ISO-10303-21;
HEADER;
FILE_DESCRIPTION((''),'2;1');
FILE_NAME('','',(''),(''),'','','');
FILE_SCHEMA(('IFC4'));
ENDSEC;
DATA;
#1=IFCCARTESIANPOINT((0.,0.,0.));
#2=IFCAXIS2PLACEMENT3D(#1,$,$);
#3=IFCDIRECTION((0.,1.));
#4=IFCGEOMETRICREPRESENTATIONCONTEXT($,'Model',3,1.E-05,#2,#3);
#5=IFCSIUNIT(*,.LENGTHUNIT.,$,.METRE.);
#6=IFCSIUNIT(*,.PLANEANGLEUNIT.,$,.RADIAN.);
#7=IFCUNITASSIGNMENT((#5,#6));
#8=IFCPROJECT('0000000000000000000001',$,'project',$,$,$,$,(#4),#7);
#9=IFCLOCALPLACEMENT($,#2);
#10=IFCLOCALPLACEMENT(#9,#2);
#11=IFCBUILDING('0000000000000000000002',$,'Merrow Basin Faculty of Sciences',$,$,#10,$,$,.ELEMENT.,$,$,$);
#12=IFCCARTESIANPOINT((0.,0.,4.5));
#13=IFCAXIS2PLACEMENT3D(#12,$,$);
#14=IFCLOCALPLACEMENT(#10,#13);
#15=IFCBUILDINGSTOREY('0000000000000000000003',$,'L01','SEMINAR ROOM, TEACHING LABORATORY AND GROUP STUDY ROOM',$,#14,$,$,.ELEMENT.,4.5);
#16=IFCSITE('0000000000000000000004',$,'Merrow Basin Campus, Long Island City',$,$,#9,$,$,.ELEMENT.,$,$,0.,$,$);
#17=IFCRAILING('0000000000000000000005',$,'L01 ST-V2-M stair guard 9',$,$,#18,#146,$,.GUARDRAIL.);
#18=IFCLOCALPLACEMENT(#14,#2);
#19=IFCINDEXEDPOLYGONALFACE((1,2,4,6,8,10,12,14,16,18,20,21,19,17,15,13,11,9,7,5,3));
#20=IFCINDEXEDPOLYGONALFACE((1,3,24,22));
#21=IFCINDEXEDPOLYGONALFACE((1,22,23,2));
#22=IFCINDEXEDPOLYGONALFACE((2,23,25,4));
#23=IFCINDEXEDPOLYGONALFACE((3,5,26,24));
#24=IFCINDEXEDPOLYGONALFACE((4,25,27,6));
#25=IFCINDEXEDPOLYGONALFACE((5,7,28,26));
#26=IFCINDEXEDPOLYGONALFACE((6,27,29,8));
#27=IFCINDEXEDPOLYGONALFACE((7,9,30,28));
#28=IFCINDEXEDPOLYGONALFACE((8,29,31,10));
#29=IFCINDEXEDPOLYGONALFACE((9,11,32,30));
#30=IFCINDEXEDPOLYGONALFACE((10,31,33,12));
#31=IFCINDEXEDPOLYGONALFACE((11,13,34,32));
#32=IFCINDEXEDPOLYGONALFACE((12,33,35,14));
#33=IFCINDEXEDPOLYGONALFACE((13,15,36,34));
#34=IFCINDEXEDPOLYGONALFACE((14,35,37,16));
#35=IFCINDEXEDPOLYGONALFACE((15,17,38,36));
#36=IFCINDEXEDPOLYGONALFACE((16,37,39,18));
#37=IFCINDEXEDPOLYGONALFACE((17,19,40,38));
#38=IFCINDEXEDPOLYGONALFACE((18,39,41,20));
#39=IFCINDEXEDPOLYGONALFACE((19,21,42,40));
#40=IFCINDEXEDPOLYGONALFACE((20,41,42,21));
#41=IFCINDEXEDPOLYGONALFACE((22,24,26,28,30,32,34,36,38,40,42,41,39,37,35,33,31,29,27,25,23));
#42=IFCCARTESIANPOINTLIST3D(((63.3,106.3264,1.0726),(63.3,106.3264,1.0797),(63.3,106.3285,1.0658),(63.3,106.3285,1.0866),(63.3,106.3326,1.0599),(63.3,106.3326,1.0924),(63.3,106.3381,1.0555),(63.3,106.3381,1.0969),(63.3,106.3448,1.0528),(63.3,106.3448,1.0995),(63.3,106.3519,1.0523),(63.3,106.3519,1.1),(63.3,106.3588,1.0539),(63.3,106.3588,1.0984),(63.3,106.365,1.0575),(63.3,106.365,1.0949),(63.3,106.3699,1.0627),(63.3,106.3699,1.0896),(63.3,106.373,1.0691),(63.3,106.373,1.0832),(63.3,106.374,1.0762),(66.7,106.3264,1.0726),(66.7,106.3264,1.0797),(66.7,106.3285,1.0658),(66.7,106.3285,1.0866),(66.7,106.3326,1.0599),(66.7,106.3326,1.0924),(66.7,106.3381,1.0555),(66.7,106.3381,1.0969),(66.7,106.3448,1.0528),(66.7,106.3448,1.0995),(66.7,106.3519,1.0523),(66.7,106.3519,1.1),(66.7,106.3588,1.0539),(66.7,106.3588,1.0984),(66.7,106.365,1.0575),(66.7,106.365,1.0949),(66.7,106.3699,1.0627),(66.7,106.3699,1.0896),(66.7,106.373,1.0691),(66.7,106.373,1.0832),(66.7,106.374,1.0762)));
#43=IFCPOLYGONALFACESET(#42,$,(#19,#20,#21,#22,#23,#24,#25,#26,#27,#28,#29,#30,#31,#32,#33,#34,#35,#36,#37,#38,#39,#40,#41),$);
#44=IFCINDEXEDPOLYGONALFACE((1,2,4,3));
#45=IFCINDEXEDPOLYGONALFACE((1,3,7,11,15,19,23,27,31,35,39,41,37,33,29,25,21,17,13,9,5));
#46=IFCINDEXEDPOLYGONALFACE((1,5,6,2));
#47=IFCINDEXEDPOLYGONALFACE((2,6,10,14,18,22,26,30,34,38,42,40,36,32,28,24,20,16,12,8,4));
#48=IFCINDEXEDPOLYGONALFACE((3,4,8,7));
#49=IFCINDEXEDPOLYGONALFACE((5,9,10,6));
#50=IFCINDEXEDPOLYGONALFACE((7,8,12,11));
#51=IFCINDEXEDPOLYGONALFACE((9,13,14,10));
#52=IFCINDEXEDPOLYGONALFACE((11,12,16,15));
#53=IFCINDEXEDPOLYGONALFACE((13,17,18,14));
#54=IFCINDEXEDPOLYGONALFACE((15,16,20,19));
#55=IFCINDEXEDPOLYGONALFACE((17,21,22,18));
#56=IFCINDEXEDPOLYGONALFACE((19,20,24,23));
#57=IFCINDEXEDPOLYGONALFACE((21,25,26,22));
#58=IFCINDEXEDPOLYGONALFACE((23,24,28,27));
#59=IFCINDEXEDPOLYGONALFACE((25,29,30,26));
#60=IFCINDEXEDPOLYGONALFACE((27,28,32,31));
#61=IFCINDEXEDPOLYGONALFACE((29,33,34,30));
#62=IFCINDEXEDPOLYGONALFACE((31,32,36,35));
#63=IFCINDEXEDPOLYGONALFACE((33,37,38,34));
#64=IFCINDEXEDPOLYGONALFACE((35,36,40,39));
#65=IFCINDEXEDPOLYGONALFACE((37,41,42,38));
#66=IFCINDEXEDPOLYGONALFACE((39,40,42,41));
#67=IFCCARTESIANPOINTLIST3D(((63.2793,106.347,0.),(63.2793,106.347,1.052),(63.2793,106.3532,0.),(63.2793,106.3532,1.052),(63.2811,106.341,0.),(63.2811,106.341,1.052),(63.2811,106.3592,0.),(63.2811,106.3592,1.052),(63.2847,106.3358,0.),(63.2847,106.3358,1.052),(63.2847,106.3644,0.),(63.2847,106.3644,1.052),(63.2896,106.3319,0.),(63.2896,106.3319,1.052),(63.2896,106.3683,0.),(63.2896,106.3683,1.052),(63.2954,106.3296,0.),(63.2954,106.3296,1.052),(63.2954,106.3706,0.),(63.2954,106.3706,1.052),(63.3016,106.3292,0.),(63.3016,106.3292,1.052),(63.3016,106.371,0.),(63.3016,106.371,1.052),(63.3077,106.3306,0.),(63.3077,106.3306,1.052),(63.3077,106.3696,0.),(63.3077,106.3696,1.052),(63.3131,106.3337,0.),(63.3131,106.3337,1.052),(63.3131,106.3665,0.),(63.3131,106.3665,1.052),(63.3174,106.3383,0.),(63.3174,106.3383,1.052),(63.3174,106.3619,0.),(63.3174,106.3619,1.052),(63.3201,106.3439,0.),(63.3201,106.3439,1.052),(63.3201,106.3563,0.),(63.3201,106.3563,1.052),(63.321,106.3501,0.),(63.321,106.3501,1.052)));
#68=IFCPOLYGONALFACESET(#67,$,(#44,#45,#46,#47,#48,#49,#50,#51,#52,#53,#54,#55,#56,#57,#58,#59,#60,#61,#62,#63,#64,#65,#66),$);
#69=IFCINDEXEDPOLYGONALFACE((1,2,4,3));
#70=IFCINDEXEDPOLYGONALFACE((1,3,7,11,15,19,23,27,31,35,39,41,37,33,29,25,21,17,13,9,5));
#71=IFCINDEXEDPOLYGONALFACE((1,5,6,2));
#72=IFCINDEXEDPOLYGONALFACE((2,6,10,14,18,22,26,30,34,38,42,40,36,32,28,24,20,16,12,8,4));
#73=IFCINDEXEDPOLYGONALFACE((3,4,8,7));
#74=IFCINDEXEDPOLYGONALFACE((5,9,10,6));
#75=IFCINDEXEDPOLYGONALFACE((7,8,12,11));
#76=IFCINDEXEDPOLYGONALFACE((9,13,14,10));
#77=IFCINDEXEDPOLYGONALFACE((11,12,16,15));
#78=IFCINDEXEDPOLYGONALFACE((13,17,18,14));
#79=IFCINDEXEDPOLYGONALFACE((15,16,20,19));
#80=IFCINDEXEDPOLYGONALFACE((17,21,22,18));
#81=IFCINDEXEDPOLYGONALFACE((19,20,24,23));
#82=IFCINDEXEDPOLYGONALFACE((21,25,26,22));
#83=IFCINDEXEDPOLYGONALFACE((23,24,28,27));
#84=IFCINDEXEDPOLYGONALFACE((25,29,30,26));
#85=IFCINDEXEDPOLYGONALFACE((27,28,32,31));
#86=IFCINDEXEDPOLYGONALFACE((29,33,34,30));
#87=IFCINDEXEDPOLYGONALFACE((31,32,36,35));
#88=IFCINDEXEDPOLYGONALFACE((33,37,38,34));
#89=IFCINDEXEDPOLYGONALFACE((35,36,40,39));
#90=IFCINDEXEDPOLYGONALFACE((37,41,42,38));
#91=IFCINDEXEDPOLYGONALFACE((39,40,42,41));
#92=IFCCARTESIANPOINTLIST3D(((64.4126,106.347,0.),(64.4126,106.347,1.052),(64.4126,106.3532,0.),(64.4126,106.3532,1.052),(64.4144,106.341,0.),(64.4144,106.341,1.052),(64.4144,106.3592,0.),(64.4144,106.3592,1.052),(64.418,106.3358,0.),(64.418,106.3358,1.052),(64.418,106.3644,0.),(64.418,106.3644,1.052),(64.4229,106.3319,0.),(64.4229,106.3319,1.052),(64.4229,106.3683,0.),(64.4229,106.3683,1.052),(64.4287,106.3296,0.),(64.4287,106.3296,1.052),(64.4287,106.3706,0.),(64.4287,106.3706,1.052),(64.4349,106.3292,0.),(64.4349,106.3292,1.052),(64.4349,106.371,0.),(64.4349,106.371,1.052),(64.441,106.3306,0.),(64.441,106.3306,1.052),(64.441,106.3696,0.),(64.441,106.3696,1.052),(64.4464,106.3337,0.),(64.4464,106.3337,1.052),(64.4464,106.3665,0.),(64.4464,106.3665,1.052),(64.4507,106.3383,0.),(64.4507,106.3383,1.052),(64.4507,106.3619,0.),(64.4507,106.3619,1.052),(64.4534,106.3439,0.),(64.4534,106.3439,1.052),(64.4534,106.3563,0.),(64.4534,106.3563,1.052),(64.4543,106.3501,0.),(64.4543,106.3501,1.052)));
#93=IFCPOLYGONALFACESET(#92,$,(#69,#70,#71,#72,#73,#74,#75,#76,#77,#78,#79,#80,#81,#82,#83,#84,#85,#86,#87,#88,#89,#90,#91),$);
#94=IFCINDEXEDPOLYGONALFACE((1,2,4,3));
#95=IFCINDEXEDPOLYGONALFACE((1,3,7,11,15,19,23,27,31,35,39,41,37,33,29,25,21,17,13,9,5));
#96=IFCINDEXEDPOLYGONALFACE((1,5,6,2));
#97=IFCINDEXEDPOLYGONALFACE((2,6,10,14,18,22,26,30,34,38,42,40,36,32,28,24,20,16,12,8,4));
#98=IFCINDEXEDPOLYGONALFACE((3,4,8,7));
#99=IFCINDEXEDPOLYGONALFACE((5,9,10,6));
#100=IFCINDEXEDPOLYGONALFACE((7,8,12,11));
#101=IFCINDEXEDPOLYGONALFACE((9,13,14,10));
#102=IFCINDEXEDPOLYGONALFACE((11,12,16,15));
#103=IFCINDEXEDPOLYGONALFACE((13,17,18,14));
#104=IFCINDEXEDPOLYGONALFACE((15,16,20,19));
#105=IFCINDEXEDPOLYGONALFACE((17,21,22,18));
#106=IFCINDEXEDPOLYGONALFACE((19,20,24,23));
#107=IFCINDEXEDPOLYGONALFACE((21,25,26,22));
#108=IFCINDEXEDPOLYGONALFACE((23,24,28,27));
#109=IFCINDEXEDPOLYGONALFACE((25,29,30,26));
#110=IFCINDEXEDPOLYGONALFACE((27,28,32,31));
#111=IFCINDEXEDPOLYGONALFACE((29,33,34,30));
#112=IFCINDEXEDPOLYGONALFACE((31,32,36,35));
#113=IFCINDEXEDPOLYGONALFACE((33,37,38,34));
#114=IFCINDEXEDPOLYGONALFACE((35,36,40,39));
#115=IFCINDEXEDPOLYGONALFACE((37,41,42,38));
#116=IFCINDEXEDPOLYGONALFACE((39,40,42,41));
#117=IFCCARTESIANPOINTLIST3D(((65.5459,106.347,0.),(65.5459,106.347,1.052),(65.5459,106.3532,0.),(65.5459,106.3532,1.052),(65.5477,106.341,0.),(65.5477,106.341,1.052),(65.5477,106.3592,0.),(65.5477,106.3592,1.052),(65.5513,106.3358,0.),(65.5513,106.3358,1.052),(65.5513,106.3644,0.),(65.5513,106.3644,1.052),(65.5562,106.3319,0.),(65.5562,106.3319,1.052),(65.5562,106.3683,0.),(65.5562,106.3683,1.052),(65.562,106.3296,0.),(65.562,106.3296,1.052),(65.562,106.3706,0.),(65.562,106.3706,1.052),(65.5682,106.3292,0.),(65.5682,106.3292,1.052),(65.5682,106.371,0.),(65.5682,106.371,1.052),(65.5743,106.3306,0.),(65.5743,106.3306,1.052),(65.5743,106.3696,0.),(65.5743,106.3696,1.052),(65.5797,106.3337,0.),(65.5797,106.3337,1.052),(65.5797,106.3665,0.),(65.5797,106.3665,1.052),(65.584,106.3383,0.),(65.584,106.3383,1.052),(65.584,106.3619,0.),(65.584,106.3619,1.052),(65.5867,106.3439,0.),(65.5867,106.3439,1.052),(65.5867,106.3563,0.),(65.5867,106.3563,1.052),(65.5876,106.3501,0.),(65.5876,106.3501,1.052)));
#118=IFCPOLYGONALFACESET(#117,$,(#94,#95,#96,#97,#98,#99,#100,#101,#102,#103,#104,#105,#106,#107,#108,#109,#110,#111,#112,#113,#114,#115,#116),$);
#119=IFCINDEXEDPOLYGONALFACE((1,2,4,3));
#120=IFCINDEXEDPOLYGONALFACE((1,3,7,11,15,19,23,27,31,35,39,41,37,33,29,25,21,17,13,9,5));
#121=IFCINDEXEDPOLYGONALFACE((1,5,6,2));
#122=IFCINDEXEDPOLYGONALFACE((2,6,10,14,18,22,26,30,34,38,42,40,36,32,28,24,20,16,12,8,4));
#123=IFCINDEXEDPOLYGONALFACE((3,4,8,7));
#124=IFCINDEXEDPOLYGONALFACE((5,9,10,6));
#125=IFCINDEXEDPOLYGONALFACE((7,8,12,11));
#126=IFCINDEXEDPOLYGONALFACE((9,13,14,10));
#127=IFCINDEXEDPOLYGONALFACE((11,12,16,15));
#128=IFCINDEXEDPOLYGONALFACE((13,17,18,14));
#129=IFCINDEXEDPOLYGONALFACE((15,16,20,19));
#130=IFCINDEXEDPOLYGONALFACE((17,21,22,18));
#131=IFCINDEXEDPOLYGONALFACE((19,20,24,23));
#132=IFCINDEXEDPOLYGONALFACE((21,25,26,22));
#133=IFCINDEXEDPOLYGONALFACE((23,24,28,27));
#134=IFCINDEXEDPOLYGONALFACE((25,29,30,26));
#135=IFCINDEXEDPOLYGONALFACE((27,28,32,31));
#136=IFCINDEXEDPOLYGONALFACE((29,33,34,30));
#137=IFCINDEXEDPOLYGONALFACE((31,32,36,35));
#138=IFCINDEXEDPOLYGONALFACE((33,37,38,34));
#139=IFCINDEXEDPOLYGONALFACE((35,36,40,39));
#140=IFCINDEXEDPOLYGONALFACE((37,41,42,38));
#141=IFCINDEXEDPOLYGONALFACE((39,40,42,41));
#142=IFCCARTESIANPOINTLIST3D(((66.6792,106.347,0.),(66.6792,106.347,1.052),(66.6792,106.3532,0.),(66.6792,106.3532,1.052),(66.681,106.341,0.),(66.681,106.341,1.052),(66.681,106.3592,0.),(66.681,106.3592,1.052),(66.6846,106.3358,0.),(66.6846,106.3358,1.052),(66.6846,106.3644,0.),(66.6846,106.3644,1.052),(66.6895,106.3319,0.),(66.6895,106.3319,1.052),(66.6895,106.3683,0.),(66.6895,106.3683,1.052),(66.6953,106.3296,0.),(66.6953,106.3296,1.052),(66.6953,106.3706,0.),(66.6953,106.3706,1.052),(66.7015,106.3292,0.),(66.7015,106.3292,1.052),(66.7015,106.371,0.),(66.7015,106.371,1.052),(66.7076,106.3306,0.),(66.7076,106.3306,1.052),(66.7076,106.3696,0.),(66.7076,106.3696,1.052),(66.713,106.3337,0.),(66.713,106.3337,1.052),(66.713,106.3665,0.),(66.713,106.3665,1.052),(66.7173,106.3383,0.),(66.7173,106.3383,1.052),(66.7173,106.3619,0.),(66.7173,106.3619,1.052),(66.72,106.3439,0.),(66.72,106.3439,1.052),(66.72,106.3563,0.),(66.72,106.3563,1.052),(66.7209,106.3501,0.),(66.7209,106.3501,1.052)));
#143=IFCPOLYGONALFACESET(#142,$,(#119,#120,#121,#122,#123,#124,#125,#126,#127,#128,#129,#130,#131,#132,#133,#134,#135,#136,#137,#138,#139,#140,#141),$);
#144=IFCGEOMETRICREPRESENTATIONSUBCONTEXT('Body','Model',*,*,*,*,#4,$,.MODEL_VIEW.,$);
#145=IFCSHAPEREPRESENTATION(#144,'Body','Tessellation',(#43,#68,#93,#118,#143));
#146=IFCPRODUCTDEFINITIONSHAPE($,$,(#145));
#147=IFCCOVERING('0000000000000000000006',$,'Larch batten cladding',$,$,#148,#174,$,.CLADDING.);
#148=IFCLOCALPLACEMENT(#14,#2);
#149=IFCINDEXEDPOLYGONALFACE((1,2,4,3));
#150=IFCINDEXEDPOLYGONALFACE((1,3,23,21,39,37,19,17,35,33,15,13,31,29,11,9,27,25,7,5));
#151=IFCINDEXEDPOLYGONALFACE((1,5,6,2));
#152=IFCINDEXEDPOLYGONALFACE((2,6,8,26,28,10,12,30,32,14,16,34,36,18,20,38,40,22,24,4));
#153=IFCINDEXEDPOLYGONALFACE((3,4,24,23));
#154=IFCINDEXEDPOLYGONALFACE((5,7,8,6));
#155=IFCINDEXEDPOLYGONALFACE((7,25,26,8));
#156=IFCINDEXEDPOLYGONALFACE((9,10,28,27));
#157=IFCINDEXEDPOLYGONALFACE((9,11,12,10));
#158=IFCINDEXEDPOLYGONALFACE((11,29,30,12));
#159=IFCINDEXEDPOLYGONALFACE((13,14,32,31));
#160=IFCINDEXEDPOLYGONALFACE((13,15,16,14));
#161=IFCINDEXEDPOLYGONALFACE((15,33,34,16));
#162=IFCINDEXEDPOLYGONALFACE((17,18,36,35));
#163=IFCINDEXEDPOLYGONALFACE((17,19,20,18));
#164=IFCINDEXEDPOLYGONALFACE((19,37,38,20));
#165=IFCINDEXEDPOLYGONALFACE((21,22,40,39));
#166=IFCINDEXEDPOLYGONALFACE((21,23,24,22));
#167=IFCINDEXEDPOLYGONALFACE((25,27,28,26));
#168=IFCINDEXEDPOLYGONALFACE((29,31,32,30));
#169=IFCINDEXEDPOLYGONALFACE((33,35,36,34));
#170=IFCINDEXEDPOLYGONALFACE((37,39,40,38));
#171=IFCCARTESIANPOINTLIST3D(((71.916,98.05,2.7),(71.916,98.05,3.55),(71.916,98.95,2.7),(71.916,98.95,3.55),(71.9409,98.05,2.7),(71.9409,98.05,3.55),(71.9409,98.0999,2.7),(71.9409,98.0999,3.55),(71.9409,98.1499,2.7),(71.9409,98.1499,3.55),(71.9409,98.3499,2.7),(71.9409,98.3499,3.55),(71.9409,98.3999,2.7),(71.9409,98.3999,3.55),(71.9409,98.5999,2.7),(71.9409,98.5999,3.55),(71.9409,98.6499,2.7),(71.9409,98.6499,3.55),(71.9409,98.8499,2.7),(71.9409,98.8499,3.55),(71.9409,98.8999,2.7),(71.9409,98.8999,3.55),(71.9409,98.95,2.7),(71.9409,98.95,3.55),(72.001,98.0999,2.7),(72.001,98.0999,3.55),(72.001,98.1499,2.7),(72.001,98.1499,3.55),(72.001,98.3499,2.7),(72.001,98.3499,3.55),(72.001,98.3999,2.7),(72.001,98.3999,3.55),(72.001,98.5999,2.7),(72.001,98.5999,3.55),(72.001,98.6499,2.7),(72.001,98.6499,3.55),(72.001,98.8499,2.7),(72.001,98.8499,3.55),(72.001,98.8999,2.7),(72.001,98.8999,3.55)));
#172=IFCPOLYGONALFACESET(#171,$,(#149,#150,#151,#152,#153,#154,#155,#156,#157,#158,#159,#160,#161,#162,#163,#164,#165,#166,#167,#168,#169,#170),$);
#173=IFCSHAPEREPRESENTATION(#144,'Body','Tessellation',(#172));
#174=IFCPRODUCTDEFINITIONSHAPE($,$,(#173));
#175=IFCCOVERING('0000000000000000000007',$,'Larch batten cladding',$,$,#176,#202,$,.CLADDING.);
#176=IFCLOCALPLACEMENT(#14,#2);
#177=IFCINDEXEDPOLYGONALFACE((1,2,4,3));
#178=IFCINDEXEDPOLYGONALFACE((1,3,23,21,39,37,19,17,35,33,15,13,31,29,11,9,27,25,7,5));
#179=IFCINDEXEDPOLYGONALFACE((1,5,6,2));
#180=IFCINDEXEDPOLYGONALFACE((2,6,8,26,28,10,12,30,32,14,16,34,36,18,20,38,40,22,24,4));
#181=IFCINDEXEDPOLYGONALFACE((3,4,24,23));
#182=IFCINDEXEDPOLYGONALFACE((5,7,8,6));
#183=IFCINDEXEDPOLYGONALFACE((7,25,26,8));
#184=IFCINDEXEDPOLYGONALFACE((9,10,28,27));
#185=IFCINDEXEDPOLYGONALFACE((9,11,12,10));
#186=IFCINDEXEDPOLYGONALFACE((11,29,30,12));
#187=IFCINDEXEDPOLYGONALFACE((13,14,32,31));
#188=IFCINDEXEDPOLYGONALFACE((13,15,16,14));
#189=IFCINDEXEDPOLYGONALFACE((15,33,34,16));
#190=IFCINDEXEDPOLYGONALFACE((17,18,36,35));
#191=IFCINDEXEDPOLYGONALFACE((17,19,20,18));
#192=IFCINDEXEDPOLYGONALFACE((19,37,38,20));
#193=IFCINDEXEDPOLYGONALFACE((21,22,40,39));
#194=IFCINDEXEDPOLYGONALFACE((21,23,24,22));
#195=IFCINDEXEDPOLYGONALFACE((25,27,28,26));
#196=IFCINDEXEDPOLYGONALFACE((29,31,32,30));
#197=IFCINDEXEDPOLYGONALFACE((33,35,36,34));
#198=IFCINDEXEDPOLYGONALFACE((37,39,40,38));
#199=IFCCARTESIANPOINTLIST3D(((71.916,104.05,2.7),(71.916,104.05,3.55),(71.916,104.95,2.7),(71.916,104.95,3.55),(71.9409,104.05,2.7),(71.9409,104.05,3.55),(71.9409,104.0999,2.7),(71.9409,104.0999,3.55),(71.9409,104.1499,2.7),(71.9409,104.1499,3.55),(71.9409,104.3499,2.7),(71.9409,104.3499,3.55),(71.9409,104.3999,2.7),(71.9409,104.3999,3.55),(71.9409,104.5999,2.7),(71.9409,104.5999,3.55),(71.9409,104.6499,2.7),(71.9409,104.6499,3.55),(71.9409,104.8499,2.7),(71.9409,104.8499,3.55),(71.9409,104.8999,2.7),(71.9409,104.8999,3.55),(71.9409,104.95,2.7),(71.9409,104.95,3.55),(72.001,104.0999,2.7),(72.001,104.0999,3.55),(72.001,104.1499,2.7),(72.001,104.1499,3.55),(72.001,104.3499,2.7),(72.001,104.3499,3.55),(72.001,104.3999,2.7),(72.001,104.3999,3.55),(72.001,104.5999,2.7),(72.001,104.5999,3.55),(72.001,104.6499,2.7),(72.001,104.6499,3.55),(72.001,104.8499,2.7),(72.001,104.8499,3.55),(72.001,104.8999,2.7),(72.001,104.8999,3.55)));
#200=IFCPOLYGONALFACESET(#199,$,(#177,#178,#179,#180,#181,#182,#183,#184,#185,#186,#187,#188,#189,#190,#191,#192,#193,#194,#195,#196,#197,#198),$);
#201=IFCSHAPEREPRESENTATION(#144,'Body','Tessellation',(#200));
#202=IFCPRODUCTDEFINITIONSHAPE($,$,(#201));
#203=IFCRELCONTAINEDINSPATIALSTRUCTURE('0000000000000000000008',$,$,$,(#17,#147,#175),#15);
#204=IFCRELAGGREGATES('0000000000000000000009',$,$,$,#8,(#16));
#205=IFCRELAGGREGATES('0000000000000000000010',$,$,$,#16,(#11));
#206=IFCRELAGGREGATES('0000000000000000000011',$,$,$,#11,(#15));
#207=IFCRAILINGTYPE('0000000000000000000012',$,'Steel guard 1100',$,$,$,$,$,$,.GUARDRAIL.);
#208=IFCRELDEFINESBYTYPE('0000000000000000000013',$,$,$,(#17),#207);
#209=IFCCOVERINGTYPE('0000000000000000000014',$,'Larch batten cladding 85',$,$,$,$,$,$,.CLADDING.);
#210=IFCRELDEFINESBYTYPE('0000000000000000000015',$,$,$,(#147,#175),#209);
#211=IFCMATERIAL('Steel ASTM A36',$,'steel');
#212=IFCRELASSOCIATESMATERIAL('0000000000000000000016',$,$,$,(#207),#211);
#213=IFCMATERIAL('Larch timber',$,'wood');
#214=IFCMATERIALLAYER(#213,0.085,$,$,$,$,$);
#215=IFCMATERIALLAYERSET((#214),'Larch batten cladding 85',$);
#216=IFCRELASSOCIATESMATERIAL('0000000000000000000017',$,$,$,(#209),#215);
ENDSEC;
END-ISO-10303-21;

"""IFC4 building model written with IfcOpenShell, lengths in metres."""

from ifc_helpers import new_model, si_unit, direction, frame, origin, origin_2d, place, context, subcontext, project, spatial, polyline, circle, outline, extrude, source, transform, mapped, material, layer, layer_set, type_object, element, save


model = new_model("IFC4")

# Units and contexts
model_context = context("Model", 3, precision=1e-05, world=origin(), true_north=direction((0.0, 1.0)))
body_context = subcontext(model_context, "Body", "Model", "MODEL_VIEW")
ifc_project = project(units=[si_unit("LENGTHUNIT", "METRE"), si_unit("PLANEANGLEUNIT", "RADIAN")], contexts=[model_context])

# Site, building, storey
site_placement = place(None, origin())
site = spatial("IfcSite", under=ifc_project, at=site_placement, Name="Merrow Basin Campus, Long Island City", CompositionType="ELEMENT", RefElevation=0.0)
building_placement = place(site_placement, origin())
building = spatial("IfcBuilding", under=site, at=building_placement, Name="Merrow Basin Faculty of Sciences", CompositionType="ELEMENT")
storey_placement = place(building_placement, frame((0.0, 0.0, 4.5)))
storey = spatial("IfcBuildingStorey", under=building, at=storey_placement, Name="L01", Description="SEMINAR ROOM, TEACHING LABORATORY AND GROUP STUDY ROOM", CompositionType="ELEMENT", Elevation=4.5)

# Railing
ifc_material_1 = material(Name="Steel ASTM A36", Category="steel")
railing_type = type_object("IfcRailingType", Name="Steel guard 1100", PredefinedType="GUARDRAIL", material=ifc_material_1)
railing_1_placement = place(storey_placement, frame((63.3, 106.3501, 0.0)))
element("IfcRailing", 1, at=railing_1_placement, inside=storey, type_object=railing_type, Name="L01 ST-V2-M stair guard 9", PredefinedType="GUARDRAIL", context=body_context, shape_type="SweptSolid", body=[
    extrude(circle(Radius=0.0239, at=origin_2d()), frame((0.0, 0.0, 1.0762), z_axis=(1.0, 0.0, 0.0), x_axis=(0.0, 1.0, 0.0)), (0.0, 0.0, 1.0), 3.3999),
    extrude(circle(Radius=0.021, at=origin_2d()), origin(), (0.0, 0.0, 1.0), 1.052),
    extrude(circle(Radius=0.021, at=origin_2d()), frame((1.1333, 0.0, 0.0)), (0.0, 0.0, 1.0), 1.052),
    extrude(circle(Radius=0.021, at=origin_2d()), frame((2.2666, 0.0, 0.0)), (0.0, 0.0, 1.0), 1.052),
    extrude(circle(Radius=0.021, at=origin_2d()), frame((3.3999, 0.0, 0.0)), (0.0, 0.0, 1.0), 1.052),
])

# Coverings
ifc_material_2 = material(Name="Larch timber", Category="wood")
ifc_layer_1 = layer(ifc_material_2, 0.085)
ifc_layer_set_1 = layer_set([ifc_layer_1], Name="Larch batten cladding 85")
covering_type = type_object("IfcCoveringType", Name="Larch batten cladding 85", PredefinedType="CLADDING", material=ifc_layer_set_1)
shared_shape_1 = source(origin(), body_context, "Body", "SweptSolid", [
    extrude(outline(polyline([(0.0, 0.0), (0.8999, 0.0), (0.8999, 0.0249), (0.8501, 0.0249), (0.8501, 0.085), (0.8, 0.085), (0.8, 0.0249), (0.6001, 0.0249), (0.6001, 0.085), (0.55, 0.085), (0.55, 0.0249), (0.3501, 0.0249), (0.3501, 0.085), (0.3, 0.085), (0.3, 0.0249), (0.1001, 0.0249), (0.1001, 0.085), (0.05, 0.085), (0.05, 0.0249), (0.0, 0.0249), (0.0, 0.0)])), origin(), (0.0, 0.0, 1.0), 0.8501),
])
for number, where, z_axis, x_axis, name in (
    (2, (71.916, 98.95, 2.7), (0.0, 0.0, 1.0), (0.0, -1.0, 0.0), "Larch batten cladding"),
    (3, (71.916, 104.95, 2.7), (0.0, 0.0, 1.0), (0.0, -1.0, 0.0), "Larch batten cladding"),
):
    element("IfcCovering", number, at=place(storey_placement, frame(where, z_axis=z_axis, x_axis=x_axis)), inside=storey, type_object=covering_type, Name=name, PredefinedType="CLADDING", context=body_context, shape_type="MappedRepresentation", body=[
        mapped(shared_shape_1, transform((0.0, 0.0, 0.0), scale=1.0)),
    ])

save(model, "model.ifc")
